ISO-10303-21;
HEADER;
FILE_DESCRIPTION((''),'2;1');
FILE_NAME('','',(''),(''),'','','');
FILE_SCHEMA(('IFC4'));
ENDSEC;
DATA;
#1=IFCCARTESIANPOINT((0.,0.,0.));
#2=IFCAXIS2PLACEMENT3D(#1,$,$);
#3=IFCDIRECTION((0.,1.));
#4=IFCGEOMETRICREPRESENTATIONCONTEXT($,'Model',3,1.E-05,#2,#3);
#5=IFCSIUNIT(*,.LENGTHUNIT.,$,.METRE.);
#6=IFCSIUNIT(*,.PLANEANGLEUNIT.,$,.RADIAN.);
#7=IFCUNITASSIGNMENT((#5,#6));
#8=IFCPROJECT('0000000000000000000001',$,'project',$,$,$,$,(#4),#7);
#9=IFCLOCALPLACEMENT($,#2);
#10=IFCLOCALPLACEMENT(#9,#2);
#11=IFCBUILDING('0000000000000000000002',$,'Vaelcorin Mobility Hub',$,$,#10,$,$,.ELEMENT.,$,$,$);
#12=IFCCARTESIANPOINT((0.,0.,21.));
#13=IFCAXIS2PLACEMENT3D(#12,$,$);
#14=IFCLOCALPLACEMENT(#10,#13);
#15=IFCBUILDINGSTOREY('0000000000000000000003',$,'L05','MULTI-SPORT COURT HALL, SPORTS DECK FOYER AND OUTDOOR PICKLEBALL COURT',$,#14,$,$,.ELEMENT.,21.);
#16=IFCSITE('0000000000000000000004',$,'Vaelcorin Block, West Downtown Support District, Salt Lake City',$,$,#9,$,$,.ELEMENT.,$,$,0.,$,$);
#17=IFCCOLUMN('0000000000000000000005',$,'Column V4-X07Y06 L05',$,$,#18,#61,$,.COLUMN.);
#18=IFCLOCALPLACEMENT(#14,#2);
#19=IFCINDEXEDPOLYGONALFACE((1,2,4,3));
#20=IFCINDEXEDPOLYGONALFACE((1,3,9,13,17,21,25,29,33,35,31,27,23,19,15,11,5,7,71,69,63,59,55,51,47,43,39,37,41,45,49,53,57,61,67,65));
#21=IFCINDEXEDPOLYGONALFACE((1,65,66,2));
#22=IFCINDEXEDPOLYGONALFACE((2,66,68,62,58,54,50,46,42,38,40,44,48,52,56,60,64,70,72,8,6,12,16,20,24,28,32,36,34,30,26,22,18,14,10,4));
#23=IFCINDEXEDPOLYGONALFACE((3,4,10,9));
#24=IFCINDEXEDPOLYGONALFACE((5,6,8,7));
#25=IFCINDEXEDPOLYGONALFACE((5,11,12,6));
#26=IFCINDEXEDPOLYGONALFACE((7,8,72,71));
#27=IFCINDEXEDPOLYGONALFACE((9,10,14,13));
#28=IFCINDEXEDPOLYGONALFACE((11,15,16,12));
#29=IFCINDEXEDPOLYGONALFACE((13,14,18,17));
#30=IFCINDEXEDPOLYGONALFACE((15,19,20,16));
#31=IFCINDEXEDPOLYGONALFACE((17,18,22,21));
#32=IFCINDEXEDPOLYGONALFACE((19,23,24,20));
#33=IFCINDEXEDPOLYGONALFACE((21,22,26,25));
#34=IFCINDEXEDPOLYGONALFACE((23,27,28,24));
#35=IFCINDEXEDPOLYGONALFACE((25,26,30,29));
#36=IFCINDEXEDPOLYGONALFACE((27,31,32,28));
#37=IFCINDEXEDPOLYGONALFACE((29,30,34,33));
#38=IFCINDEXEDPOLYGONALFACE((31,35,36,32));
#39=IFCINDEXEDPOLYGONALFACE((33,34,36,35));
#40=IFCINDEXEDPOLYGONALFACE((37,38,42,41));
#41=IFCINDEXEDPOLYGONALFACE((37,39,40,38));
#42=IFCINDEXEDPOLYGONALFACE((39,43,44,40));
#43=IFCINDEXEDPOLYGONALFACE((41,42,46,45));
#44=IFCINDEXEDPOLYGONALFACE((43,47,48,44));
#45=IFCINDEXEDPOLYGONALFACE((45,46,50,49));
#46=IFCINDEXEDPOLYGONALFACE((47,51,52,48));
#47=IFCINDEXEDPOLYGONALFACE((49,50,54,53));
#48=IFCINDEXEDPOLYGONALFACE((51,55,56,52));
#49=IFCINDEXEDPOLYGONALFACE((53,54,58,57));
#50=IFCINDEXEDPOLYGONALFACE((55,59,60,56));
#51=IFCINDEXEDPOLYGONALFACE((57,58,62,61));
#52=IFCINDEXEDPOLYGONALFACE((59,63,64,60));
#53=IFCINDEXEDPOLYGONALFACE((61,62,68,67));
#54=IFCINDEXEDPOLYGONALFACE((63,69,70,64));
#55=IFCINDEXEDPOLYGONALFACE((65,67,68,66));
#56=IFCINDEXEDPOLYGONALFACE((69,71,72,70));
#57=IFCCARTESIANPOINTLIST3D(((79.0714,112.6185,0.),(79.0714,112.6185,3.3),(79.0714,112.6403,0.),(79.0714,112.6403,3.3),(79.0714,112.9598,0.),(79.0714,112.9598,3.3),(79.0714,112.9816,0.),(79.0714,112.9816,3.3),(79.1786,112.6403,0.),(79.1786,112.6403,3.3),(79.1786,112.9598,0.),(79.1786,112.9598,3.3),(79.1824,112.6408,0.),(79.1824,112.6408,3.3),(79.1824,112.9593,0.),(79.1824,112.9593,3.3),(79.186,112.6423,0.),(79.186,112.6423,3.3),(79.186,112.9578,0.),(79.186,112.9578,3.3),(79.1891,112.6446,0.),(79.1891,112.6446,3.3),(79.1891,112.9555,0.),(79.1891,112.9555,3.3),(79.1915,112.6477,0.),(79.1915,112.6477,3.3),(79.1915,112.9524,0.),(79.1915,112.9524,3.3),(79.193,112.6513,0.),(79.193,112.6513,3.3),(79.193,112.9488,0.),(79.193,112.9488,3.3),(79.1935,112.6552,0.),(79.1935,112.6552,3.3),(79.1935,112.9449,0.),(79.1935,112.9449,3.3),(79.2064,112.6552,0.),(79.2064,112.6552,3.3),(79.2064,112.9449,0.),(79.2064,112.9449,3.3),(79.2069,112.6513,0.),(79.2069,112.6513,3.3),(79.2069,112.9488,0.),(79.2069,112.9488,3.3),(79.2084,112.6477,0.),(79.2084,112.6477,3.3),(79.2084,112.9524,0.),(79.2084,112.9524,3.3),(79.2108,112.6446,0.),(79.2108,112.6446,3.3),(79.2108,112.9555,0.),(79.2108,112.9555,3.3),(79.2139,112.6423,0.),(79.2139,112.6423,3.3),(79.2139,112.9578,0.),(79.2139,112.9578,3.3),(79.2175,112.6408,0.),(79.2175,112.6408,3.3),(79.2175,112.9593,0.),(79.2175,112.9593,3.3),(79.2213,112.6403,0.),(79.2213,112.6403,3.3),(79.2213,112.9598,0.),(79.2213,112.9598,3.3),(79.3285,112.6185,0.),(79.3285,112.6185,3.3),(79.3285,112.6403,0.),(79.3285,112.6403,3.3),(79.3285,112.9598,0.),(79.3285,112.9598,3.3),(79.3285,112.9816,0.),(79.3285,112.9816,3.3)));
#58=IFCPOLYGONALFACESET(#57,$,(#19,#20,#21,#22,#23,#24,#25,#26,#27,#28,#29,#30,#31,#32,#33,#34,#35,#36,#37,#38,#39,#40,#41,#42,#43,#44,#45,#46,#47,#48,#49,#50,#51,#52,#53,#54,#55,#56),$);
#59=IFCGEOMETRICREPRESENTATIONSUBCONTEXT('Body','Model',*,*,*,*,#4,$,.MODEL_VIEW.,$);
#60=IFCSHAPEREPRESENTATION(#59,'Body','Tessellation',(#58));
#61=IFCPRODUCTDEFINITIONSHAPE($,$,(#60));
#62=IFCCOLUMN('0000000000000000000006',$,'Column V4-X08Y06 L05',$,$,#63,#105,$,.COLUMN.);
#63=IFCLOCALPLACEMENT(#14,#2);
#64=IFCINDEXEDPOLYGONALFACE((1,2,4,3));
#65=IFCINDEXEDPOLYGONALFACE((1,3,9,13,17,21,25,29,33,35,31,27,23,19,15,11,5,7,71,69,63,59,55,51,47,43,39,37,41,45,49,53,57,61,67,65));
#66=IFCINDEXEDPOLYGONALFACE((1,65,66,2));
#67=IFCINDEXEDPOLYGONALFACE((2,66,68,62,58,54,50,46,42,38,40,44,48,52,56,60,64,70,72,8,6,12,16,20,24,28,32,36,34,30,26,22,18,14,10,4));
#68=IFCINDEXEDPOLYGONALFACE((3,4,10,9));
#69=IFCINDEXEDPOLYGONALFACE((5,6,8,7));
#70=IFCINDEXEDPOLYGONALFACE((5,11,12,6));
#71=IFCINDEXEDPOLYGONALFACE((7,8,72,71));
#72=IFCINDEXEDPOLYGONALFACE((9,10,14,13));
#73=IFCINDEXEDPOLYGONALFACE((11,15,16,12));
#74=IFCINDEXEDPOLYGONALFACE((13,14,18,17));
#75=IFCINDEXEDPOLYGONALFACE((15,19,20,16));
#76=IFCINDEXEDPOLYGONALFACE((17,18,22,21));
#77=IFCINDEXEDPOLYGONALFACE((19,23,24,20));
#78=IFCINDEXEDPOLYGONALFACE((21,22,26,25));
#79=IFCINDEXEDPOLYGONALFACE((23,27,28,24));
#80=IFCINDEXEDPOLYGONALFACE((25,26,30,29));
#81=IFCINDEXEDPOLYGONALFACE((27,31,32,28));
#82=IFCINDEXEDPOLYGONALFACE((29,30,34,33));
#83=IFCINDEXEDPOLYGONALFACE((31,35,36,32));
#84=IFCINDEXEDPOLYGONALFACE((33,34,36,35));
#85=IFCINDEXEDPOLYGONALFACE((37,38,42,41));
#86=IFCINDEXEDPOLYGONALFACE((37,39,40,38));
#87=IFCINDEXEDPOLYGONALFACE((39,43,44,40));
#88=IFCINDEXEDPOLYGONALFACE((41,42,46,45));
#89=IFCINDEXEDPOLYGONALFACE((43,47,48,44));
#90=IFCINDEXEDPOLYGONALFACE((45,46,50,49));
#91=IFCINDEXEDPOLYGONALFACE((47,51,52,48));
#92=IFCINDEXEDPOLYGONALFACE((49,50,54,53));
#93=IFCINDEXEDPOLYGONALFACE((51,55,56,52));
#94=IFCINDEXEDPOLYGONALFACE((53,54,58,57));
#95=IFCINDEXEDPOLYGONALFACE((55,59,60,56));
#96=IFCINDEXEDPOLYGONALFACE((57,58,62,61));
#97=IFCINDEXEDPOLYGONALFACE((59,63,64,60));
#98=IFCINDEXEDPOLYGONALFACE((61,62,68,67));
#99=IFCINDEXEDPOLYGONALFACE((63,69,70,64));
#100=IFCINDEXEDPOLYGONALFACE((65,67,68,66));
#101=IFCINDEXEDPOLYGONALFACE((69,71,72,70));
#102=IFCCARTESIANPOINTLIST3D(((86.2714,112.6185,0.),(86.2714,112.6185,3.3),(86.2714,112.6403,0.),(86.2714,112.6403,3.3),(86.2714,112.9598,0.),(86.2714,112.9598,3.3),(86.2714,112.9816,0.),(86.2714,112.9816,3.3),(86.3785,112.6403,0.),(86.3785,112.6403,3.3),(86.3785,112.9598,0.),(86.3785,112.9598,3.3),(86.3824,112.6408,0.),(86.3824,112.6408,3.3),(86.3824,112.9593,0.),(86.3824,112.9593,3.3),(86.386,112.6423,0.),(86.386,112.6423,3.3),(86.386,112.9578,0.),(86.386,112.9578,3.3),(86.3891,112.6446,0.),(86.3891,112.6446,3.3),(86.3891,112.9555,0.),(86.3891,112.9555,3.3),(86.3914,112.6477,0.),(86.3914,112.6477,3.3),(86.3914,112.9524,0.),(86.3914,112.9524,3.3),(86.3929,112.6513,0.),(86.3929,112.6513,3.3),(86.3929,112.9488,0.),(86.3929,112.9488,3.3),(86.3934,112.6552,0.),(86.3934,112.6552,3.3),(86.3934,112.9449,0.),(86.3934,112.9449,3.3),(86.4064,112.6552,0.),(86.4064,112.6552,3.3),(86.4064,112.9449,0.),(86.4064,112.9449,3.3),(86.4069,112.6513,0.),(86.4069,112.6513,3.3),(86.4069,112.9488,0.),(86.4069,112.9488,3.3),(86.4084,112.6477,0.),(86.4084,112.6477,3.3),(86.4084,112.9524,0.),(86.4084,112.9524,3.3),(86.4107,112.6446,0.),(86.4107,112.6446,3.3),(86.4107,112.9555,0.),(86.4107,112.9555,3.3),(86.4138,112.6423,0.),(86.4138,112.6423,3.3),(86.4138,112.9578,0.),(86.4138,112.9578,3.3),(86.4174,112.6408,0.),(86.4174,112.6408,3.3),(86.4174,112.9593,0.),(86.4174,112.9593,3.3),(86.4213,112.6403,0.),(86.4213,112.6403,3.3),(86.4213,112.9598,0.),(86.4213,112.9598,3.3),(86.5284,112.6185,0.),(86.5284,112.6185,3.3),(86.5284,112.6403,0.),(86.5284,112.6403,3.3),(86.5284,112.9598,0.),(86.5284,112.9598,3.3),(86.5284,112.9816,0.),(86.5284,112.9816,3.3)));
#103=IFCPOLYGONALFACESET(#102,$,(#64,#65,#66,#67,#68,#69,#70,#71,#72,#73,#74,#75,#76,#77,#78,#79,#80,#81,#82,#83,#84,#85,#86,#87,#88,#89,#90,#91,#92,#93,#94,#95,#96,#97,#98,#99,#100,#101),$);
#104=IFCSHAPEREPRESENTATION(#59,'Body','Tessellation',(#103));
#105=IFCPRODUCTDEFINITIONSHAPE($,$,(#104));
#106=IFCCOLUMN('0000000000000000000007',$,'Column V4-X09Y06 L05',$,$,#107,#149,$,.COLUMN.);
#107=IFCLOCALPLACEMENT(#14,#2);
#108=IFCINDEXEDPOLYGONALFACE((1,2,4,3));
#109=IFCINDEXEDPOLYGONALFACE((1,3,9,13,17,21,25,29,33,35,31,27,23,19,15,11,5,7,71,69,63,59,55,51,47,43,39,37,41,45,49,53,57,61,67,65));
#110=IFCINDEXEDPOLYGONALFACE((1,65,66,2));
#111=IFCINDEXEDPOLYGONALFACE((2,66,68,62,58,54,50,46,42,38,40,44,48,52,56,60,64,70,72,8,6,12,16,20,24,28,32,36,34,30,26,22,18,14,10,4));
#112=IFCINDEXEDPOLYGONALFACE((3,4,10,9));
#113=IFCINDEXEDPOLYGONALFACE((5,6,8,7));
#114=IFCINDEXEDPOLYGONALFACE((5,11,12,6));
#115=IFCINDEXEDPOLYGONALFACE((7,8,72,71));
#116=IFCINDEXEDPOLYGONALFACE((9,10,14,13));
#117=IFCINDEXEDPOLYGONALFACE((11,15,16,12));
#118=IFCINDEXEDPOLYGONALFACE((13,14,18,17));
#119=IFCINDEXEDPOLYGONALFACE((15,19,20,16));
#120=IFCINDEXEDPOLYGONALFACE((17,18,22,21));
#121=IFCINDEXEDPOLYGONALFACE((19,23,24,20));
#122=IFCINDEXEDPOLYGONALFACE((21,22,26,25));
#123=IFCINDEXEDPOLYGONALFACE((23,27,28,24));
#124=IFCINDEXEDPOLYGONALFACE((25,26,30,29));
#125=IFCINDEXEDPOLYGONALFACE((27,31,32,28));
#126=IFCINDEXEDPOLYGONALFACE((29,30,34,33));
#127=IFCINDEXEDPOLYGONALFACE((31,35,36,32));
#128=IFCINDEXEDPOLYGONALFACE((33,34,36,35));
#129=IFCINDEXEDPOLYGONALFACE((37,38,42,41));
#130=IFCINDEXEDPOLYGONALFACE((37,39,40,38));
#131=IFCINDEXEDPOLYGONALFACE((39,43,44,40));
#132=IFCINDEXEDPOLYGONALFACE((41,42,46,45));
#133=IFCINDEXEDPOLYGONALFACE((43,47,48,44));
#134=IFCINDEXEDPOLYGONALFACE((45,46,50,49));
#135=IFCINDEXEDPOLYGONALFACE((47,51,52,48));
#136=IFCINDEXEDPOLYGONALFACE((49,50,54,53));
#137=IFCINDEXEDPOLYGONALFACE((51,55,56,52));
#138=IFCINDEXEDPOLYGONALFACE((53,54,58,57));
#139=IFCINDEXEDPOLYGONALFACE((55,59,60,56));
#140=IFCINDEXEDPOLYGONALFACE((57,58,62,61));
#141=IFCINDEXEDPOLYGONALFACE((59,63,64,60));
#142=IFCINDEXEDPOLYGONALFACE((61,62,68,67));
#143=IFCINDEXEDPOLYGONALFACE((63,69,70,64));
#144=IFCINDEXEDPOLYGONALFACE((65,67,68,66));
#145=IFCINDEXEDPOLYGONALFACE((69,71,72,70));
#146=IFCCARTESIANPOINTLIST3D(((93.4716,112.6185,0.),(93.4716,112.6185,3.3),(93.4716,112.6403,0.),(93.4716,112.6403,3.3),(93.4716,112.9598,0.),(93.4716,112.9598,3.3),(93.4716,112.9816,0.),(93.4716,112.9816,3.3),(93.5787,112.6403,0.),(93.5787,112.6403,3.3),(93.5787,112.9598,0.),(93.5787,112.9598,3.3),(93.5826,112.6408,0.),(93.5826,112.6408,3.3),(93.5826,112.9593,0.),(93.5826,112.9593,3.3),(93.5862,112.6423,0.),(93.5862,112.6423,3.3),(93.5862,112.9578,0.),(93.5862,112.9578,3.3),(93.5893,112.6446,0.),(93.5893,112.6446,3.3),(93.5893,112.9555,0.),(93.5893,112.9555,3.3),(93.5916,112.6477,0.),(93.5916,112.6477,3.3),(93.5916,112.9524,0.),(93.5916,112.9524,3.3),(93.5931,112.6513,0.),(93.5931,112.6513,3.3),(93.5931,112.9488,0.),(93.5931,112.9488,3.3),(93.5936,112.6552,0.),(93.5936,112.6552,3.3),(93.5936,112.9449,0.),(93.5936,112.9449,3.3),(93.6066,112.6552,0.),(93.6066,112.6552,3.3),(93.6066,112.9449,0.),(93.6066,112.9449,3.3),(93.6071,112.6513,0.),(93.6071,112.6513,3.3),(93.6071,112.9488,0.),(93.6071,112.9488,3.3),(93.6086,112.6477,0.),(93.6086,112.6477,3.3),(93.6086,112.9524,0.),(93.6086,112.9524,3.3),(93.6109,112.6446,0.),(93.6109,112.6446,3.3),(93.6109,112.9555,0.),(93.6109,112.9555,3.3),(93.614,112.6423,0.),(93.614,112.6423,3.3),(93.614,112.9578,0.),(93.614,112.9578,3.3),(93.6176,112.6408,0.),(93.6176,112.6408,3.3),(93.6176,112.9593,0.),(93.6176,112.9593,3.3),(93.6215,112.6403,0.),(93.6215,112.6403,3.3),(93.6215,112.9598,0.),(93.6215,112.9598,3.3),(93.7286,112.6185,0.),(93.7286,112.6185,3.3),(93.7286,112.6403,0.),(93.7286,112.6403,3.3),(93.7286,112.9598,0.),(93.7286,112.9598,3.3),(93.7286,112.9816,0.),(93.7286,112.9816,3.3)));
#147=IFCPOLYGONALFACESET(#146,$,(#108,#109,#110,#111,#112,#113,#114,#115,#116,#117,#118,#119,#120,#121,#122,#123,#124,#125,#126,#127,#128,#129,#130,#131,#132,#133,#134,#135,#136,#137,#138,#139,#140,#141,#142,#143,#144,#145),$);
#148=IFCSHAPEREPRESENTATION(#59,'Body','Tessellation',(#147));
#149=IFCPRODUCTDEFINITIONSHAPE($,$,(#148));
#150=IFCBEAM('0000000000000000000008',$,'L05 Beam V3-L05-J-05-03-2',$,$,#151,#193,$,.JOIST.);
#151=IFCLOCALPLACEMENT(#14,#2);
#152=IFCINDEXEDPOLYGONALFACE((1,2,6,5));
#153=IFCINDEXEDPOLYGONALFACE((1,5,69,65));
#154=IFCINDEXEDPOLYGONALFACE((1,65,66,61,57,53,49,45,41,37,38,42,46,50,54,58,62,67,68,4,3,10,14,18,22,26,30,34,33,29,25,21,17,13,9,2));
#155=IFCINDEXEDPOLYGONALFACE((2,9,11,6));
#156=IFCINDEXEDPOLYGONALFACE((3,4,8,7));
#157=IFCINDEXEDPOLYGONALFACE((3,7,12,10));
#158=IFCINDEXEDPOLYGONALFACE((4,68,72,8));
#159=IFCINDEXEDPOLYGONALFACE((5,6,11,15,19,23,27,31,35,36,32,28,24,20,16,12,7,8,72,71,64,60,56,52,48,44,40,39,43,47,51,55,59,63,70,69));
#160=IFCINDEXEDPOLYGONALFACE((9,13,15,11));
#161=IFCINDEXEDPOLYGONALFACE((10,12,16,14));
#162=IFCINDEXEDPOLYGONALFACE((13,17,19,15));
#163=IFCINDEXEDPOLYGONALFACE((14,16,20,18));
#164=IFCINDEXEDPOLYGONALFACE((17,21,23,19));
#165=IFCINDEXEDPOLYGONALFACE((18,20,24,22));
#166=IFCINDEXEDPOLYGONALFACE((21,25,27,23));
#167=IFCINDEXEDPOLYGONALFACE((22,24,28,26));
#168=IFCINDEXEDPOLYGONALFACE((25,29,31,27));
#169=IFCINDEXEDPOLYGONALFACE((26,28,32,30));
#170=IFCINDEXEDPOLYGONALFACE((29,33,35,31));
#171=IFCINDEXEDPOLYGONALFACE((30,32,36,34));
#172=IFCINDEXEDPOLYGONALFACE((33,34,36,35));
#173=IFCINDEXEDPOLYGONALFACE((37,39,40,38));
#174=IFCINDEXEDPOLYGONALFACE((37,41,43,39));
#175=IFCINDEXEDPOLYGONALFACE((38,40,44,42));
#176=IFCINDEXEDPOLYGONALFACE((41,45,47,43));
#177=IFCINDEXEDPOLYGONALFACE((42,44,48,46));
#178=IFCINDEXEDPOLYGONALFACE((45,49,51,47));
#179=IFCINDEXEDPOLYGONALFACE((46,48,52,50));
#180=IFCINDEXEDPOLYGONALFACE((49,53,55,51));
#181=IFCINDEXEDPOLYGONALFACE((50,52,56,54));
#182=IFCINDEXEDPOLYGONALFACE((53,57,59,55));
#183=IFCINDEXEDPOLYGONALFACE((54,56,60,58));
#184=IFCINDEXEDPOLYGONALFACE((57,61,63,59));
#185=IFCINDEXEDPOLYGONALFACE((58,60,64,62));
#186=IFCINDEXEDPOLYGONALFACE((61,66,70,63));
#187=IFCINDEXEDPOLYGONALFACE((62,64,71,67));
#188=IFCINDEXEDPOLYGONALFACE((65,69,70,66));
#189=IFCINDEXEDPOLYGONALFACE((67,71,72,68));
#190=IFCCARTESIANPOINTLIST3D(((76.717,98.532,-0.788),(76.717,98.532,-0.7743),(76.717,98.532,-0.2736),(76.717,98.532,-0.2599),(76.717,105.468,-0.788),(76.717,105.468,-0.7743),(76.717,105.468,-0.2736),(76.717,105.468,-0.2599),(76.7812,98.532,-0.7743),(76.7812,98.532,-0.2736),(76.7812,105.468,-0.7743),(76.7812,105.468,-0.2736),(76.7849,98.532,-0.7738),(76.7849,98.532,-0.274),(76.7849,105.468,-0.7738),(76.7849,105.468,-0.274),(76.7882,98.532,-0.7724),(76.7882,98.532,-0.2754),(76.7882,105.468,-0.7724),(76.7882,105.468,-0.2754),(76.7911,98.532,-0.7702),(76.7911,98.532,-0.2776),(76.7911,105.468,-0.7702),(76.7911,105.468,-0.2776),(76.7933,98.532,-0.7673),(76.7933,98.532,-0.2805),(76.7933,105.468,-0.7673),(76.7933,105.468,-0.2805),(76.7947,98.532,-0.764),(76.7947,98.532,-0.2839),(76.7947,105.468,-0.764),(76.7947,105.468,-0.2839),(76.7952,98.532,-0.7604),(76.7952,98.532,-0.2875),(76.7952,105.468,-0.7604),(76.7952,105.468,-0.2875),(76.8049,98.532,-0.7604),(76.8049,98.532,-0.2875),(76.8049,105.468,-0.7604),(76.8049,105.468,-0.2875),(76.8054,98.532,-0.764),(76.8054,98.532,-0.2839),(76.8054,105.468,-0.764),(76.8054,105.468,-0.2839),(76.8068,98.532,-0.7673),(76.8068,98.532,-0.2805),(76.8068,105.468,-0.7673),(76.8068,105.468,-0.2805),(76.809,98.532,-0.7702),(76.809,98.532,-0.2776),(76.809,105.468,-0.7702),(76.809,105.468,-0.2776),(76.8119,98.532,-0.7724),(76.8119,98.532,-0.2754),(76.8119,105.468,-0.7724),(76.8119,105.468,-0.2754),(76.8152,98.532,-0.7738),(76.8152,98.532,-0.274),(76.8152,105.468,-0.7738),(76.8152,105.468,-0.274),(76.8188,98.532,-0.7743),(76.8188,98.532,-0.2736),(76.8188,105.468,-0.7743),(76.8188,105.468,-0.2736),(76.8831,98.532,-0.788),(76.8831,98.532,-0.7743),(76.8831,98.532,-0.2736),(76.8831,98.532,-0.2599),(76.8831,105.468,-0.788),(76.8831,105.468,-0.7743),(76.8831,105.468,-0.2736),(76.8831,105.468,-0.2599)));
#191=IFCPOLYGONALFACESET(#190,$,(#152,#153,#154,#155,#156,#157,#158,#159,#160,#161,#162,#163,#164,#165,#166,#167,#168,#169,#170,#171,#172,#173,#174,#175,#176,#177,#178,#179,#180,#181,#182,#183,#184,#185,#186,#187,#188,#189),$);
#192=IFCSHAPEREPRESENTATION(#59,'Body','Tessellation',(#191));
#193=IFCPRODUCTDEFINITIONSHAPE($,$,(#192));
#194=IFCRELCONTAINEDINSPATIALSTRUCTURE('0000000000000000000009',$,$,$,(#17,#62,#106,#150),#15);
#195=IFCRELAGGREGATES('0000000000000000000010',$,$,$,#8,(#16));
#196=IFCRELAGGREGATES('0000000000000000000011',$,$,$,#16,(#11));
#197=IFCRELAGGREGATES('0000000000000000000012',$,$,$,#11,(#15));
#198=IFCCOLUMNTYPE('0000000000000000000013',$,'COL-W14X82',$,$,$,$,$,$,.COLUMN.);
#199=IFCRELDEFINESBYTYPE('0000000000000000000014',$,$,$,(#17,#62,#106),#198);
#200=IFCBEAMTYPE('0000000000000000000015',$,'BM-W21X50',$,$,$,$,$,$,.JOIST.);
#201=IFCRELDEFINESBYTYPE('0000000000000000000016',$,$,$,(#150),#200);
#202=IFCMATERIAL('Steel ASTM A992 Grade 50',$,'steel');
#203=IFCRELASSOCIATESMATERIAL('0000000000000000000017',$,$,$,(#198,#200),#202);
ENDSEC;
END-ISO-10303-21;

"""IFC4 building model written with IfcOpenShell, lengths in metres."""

from ifc_helpers import new_model, si_unit, direction, frame, origin, origin_2d, place, context, subcontext, project, spatial, i_section, extrude, material, material_profile, profile_set, type_object, element, save


model = new_model("IFC4")

# Units and contexts
model_context = context("Model", 3, precision=1e-05, world=origin(), true_north=direction((0.0, 1.0)))
body_context = subcontext(model_context, "Body", "Model", "MODEL_VIEW")
ifc_project = project(units=[si_unit("LENGTHUNIT", "METRE"), si_unit("PLANEANGLEUNIT", "RADIAN")], contexts=[model_context])

# Site, building, storey
site_placement = place(None, origin())
site = spatial("IfcSite", under=ifc_project, at=site_placement, Name="Vaelcorin Block, West Downtown Support District, Salt Lake City", CompositionType="ELEMENT", RefElevation=0.0)
building_placement = place(site_placement, origin())
building = spatial("IfcBuilding", under=site, at=building_placement, Name="Vaelcorin Mobility Hub", CompositionType="ELEMENT")
storey_placement = place(building_placement, frame((0.0, 0.0, 21.0)))
storey = spatial("IfcBuildingStorey", under=building, at=storey_placement, Name="L05", Description="MULTI-SPORT COURT HALL, SPORTS DECK FOYER AND OUTDOOR PICKLEBALL COURT", CompositionType="ELEMENT", Elevation=21.0)

# Columns
ifc_material_1 = material(Name="Steel ASTM A992 Grade 50", Category="steel")
ifc_material_profile_1 = material_profile(ifc_material_1, i_section(OverallWidth=0.2571, OverallDepth=0.363, WebThickness=0.0129, FlangeThickness=0.0217, FilletRadius=0.0149, at=origin_2d()), Name="W14X82")
ifc_profile_set_1 = profile_set([ifc_material_profile_1], Name="Steel ASTM A992 Grade 50")
column_type = type_object("IfcColumnType", Name="COL-W14X82", PredefinedType="COLUMN", material=ifc_profile_set_1)
for number, where, z_axis, x_axis, name in (
    (1, (79.2, 112.8, 0.0), (0.0, 0.0, 1.0), (1.0, 0.0, 0.0), "Column V4-X07Y06 L05"),
    (2, (86.3999, 112.8, 0.0), (0.0, 0.0, 1.0), (1.0, 0.0, 0.0), "Column V4-X08Y06 L05"),
    (3, (93.6001, 112.8, 0.0), (0.0, 0.0, 1.0), (1.0, 0.0, 0.0), "Column V4-X09Y06 L05"),
):
    element("IfcColumn", number, at=place(storey_placement, frame(where, z_axis=z_axis, x_axis=x_axis)), inside=storey, type_object=column_type, Name=name, PredefinedType="COLUMN", context=body_context, shape_type="SweptSolid", body=[
        extrude(i_section(OverallWidth=0.2571, OverallDepth=0.363, WebThickness=0.0129, FlangeThickness=0.0217, FilletRadius=0.0149, at=origin_2d()), origin(), (0.0, 0.0, 1.0), 3.3),
    ])

# Beam
ifc_material_profile_2 = material_profile(ifc_material_1, i_section(OverallWidth=0.166, OverallDepth=0.5281, WebThickness=0.0098, FlangeThickness=0.0137, FilletRadius=0.0139, at=origin_2d()), Name="W21X50")
ifc_profile_set_2 = profile_set([ifc_material_profile_2], Name="Steel ASTM A992 Grade 50")
beam_type_1 = type_object("IfcBeamType", Name="BM-W21X50", PredefinedType="JOIST", material=ifc_profile_set_2)
for number, where, z_axis, x_axis, name in (
    (4, (76.8, 98.532, -0.5239), (0.0, 1.0, 0.0), (-1.0, 0.0, 0.0), "L05 Beam V3-L05-J-05-03-2"),
):
    element("IfcBeam", number, at=place(storey_placement, frame(where, z_axis=z_axis, x_axis=x_axis)), inside=storey, type_object=beam_type_1, Name=name, PredefinedType="JOIST", context=body_context, shape_type="SweptSolid", body=[
        extrude(i_section(OverallWidth=0.166, OverallDepth=0.5281, WebThickness=0.0098, FlangeThickness=0.0137, FilletRadius=0.0139, at=origin_2d()), origin(), (0.0, 0.0, 1.0), 6.936),
    ])

save(model, "model.ifc")
